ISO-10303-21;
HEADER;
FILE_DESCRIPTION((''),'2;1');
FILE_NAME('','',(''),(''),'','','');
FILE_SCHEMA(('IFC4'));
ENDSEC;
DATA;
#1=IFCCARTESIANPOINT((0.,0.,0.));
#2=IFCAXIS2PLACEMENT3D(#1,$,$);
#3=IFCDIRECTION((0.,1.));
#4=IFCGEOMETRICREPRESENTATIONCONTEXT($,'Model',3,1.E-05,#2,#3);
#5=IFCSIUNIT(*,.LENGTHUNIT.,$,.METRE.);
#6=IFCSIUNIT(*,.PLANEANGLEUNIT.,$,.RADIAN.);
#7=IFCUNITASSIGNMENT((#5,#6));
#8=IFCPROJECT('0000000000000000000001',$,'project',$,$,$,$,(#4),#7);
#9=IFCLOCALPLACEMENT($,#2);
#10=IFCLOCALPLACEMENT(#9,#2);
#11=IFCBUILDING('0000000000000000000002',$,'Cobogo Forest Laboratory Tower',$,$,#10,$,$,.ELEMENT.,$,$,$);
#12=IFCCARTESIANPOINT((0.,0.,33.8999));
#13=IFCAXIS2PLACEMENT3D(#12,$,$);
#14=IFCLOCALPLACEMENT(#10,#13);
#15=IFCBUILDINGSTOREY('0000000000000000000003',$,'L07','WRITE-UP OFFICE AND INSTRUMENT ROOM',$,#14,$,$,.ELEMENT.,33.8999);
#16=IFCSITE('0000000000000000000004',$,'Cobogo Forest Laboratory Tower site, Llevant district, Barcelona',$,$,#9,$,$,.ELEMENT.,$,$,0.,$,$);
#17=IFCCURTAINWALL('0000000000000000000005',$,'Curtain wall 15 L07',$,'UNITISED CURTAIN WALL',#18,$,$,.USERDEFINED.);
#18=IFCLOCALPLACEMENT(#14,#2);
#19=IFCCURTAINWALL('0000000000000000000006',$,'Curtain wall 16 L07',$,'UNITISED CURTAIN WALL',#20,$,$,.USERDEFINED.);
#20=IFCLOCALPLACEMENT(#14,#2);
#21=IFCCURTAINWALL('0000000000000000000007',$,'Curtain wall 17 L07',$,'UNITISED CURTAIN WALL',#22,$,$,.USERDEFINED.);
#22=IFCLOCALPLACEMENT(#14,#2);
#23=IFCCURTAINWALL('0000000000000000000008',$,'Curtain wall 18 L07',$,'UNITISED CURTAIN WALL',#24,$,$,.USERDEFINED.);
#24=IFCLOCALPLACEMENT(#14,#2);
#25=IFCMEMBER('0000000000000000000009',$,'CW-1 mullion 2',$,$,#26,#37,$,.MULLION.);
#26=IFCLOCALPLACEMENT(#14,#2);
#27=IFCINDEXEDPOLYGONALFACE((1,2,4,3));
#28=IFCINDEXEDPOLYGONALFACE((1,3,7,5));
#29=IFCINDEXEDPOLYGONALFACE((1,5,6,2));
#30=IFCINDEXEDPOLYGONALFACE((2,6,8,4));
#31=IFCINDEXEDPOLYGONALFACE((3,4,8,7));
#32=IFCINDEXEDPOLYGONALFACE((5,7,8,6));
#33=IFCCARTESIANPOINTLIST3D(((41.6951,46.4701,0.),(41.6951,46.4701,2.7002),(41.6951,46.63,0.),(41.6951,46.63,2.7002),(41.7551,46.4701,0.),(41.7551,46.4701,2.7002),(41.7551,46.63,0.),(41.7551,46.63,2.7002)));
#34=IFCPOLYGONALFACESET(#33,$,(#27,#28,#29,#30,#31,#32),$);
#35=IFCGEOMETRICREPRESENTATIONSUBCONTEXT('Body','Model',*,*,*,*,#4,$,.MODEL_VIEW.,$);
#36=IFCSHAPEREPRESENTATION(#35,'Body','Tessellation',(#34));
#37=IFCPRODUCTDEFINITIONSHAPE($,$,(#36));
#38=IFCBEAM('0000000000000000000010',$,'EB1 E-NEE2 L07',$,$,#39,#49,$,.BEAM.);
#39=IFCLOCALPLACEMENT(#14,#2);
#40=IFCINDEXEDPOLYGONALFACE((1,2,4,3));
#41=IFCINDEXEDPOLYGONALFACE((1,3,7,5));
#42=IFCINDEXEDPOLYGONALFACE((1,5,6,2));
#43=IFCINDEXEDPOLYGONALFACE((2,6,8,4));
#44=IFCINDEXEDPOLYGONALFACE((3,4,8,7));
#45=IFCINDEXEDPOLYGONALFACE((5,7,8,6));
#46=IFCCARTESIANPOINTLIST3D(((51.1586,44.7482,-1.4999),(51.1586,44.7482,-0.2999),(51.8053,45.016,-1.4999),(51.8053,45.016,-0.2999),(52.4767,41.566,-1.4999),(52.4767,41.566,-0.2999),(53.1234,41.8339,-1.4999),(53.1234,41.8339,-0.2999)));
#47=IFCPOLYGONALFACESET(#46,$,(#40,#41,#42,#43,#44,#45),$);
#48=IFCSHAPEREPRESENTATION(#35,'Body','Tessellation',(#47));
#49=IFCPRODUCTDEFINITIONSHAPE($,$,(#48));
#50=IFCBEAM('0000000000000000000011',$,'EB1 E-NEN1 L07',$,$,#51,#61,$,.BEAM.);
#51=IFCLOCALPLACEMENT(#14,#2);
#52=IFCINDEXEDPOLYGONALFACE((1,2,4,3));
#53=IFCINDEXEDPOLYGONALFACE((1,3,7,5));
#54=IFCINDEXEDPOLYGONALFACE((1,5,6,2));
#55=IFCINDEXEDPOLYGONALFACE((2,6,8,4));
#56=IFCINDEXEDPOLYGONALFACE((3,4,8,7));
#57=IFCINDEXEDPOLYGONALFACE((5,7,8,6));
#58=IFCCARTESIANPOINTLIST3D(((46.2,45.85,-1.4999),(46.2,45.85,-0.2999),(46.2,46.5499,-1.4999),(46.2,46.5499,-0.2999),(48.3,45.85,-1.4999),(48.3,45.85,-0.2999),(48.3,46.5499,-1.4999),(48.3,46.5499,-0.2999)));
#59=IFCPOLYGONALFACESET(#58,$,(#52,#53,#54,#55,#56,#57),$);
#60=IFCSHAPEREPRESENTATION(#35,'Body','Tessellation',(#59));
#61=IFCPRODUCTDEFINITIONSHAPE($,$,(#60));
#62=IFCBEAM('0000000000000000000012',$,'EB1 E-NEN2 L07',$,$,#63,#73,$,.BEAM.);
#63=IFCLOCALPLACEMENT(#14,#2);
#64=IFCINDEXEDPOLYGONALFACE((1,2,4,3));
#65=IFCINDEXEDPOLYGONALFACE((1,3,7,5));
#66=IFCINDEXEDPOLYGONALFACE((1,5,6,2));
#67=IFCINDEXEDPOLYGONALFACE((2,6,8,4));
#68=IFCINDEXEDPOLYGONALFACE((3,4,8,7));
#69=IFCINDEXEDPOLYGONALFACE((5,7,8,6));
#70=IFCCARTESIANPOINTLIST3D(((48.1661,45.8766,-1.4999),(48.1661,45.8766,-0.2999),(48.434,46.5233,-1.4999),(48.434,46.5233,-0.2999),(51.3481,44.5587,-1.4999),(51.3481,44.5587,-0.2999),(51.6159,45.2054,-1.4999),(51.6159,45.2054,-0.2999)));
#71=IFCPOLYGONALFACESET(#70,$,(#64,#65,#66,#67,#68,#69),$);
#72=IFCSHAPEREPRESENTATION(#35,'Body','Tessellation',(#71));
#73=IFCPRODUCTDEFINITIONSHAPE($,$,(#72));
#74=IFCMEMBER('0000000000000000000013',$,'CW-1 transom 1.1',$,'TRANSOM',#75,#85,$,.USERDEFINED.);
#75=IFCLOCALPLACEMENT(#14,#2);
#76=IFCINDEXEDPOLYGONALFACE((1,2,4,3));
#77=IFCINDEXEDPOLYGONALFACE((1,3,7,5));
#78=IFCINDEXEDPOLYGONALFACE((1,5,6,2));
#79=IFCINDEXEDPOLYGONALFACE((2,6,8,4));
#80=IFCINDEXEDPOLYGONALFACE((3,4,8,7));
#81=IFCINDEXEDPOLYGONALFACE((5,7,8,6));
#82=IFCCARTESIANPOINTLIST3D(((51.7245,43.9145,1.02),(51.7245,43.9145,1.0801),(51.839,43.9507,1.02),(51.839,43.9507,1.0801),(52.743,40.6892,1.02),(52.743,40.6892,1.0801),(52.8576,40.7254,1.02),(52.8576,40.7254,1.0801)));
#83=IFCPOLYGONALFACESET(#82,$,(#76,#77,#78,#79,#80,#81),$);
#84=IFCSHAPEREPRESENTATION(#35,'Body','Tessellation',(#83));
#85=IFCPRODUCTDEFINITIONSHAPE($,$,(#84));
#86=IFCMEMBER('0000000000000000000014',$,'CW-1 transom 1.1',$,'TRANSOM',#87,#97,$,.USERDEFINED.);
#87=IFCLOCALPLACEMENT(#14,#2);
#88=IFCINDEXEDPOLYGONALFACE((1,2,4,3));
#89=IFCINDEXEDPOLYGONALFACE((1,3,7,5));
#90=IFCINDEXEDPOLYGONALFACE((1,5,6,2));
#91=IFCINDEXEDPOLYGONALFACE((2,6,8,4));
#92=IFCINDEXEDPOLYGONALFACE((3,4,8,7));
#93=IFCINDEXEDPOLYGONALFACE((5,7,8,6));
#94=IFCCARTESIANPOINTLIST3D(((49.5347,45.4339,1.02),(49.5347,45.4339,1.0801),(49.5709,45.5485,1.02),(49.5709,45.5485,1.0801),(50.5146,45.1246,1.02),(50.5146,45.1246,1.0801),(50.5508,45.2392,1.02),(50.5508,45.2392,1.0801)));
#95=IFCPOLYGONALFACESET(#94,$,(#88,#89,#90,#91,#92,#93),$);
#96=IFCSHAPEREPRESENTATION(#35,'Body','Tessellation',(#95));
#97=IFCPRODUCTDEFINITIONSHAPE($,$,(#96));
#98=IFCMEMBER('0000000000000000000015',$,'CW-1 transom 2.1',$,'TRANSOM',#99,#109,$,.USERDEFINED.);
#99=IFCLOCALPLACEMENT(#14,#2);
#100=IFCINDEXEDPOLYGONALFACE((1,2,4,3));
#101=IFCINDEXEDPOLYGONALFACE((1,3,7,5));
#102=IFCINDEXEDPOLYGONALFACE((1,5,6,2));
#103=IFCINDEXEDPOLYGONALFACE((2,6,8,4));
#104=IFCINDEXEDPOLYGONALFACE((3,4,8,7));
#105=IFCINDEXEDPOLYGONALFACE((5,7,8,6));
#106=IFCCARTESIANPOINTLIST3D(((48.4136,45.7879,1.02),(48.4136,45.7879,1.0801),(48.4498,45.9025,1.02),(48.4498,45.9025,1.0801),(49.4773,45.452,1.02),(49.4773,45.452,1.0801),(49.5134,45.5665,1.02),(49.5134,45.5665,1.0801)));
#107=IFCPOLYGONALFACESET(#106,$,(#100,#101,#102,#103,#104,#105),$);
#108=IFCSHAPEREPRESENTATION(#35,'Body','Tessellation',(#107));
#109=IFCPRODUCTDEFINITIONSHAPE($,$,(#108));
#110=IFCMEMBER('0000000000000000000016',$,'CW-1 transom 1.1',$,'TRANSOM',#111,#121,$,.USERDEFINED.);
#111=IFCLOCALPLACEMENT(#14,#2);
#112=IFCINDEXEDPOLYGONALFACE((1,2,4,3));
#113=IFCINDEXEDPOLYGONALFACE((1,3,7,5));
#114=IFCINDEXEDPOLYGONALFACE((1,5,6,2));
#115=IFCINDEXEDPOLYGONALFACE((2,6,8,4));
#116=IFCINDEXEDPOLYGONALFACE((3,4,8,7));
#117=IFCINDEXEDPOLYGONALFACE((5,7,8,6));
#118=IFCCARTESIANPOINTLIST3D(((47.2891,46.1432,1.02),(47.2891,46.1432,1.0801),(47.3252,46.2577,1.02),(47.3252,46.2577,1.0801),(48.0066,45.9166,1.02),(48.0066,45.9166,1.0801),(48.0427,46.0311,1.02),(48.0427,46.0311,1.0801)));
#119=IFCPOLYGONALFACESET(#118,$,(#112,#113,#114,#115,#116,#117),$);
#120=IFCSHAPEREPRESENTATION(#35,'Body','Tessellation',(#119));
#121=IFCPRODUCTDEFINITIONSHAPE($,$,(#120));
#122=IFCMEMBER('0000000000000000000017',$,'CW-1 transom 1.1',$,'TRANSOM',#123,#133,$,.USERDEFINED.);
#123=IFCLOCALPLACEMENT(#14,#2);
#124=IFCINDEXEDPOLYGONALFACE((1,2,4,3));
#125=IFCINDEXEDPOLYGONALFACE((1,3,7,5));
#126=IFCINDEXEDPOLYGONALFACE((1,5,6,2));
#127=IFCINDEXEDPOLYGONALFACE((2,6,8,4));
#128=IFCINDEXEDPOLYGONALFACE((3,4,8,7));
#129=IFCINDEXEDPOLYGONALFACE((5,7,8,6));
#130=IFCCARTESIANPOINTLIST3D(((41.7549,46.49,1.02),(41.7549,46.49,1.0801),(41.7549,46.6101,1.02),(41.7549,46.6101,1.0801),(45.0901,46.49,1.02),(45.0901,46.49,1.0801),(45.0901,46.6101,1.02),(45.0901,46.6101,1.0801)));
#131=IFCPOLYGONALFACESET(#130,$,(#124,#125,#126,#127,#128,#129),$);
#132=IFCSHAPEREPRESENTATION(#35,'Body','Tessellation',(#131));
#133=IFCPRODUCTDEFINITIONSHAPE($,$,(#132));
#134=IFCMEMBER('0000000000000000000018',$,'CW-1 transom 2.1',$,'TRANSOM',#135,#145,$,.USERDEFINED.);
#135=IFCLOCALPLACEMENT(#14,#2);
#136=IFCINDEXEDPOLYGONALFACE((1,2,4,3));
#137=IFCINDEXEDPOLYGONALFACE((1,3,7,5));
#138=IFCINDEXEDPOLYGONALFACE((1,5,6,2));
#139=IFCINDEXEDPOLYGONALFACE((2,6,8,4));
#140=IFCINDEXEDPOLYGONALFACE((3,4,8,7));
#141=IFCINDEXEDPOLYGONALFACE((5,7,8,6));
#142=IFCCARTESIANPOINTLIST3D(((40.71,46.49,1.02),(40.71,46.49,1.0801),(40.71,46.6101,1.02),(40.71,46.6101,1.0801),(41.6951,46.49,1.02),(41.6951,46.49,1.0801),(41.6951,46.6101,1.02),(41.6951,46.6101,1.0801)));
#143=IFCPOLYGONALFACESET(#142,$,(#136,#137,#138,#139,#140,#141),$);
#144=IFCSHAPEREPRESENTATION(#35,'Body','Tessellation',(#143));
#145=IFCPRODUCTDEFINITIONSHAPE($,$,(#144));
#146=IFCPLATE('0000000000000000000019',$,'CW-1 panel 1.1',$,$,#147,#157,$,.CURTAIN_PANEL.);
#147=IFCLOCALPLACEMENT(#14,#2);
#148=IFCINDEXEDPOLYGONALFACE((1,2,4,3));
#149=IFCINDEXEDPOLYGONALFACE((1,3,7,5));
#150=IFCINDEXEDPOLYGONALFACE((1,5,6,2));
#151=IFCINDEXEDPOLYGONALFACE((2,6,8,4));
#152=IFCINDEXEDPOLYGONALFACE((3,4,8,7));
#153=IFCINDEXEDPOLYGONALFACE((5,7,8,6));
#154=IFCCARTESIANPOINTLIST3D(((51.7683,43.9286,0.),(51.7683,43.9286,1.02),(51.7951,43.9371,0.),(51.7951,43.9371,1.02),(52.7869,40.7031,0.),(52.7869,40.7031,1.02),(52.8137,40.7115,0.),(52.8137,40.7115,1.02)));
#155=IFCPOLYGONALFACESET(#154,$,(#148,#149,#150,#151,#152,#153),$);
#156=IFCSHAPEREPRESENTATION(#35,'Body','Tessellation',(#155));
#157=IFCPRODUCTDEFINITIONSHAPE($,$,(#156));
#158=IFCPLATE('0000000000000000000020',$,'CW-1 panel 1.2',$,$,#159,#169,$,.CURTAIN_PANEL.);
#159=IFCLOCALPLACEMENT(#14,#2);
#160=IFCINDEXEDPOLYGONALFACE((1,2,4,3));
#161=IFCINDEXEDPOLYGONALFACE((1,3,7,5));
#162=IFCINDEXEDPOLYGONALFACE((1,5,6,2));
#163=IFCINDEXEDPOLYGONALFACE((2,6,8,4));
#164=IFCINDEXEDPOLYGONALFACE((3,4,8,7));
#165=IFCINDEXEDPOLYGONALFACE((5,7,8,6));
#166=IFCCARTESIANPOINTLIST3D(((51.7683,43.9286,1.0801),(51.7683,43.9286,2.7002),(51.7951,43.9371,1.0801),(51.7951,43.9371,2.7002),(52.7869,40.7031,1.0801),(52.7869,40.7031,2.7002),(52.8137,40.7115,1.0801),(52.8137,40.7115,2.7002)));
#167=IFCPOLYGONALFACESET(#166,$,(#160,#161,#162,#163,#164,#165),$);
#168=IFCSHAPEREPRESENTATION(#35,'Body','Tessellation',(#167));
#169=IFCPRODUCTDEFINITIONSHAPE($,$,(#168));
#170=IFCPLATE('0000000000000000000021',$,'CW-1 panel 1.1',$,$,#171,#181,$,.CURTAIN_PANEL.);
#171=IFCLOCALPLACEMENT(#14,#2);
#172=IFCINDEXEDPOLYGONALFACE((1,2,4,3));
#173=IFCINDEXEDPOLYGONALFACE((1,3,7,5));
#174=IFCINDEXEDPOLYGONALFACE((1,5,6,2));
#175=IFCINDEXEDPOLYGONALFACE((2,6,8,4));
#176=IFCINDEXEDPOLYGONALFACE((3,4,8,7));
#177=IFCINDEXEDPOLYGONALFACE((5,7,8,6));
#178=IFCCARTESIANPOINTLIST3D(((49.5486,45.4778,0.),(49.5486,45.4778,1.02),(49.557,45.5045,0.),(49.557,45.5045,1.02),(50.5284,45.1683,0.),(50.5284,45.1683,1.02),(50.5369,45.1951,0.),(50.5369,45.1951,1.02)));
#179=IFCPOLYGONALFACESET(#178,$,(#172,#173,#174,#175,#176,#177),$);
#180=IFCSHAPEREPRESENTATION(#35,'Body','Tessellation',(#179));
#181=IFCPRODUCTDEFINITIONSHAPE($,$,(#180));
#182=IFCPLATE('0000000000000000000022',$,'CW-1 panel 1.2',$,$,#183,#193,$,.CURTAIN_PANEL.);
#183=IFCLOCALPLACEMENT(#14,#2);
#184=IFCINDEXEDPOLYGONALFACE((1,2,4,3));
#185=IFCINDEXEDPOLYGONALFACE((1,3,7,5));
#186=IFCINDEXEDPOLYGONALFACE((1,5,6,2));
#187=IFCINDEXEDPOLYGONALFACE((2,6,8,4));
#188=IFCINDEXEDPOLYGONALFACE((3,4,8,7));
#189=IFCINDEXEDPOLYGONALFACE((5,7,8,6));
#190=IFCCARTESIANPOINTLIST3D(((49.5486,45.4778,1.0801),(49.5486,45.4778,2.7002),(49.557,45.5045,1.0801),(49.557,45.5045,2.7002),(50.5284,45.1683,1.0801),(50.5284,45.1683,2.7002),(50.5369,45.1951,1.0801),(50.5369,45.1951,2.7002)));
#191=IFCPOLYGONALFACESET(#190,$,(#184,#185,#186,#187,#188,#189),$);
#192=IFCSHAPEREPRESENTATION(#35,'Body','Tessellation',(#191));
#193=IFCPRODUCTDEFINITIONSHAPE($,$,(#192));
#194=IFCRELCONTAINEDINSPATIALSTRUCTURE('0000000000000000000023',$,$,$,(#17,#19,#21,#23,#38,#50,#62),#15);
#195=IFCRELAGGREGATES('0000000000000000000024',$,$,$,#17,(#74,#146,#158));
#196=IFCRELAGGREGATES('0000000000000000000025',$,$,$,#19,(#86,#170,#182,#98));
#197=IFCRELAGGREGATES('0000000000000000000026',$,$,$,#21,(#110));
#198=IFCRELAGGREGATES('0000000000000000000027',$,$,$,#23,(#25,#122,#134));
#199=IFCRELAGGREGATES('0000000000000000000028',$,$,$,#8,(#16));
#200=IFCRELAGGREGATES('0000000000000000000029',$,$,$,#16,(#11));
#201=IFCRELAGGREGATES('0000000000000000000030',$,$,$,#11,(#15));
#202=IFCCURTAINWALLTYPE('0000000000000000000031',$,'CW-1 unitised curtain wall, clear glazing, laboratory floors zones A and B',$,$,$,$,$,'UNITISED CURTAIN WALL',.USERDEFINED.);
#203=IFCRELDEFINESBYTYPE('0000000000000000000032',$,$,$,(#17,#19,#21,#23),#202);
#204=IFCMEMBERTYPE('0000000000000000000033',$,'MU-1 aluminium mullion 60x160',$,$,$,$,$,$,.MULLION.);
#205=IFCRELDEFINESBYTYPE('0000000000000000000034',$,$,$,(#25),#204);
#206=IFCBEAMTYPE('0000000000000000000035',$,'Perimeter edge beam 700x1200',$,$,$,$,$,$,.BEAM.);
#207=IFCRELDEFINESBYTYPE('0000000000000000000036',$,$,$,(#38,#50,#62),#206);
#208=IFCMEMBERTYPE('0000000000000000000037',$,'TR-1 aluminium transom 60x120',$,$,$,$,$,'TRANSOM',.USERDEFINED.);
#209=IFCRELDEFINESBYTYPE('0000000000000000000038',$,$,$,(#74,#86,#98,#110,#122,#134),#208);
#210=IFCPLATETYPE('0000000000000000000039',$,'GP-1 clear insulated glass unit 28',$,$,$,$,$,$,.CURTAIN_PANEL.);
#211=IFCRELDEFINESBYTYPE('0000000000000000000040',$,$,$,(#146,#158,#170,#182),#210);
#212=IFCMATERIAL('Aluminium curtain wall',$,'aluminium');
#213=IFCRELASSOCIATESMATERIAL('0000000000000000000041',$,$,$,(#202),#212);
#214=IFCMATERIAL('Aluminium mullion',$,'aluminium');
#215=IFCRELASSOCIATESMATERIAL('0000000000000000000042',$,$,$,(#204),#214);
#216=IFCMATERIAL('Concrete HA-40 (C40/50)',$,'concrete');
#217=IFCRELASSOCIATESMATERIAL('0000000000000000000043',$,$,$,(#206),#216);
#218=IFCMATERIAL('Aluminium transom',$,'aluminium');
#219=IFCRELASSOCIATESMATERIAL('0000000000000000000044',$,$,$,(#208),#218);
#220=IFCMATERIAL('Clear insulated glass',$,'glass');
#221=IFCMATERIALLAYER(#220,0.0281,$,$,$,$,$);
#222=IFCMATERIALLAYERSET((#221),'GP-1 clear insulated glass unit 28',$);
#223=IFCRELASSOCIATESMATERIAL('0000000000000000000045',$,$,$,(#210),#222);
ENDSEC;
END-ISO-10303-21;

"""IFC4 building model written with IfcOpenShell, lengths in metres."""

from ifc_helpers import new_model, si_unit, direction, frame, origin, origin_2d, place, context, subcontext, project, spatial, rectangle, extrude, material, layer, layer_set, material_profile, profile_set, type_object, element, aggregate, save


model = new_model("IFC4")

# Units and contexts
model_context = context("Model", 3, precision=1e-05, world=origin(), true_north=direction((0.0, 1.0)))
body_context = subcontext(model_context, "Body", "Model", "MODEL_VIEW")
ifc_project = project(units=[si_unit("LENGTHUNIT", "METRE"), si_unit("PLANEANGLEUNIT", "RADIAN")], contexts=[model_context])

# Site, building, storey
site_placement = place(None, origin())
site = spatial("IfcSite", under=ifc_project, at=site_placement, Name="Cobogo Forest Laboratory Tower site, Llevant district, Barcelona", CompositionType="ELEMENT", RefElevation=0.0)
building_placement = place(site_placement, origin())
building = spatial("IfcBuilding", under=site, at=building_placement, Name="Cobogo Forest Laboratory Tower", CompositionType="ELEMENT")
storey_placement = place(building_placement, frame((0.0, 0.0, 33.8999)))
storey = spatial("IfcBuildingStorey", under=building, at=storey_placement, Name="L07", Description="WRITE-UP OFFICE AND INSTRUMENT ROOM", CompositionType="ELEMENT", Elevation=33.8999)

# Shared definitions
ifc_material_1 = material(Name="Concrete HA-40 (C40/50)", Category="concrete")

# Curtain walls, member
ifc_material_2 = material(Name="Aluminium curtain wall", Category="aluminium")
curtain_wall_type = type_object("IfcCurtainWallType", Name="CW-1 unitised curtain wall, clear glazing, laboratory floors zones A and B", ElementType="UNITISED CURTAIN WALL", PredefinedType="USERDEFINED", material=ifc_material_2)
curtain_wall_1_placement = place(storey_placement, origin())
curtain_wall_1 = element("IfcCurtainWall", 1, at=curtain_wall_1_placement, inside=storey, type_object=curtain_wall_type, Name="Curtain wall 15 L07", ObjectType="UNITISED CURTAIN WALL", PredefinedType="USERDEFINED")
ifc_material_3 = material(Name="Aluminium mullion", Category="aluminium")
ifc_material_profile_1 = material_profile(ifc_material_3, rectangle(XDim=0.0601, YDim=0.1599, at=origin_2d()), Name="AL 60x160")
ifc_profile_set_1 = profile_set([ifc_material_profile_1], Name="Aluminium mullion")
member_type_1 = type_object("IfcMemberType", Name="MU-1 aluminium mullion 60x160", PredefinedType="MULLION", material=ifc_profile_set_1)
curtain_wall_2_placement = place(storey_placement, origin())
curtain_wall_2 = element("IfcCurtainWall", 2, at=curtain_wall_2_placement, inside=storey, type_object=curtain_wall_type, Name="Curtain wall 16 L07", ObjectType="UNITISED CURTAIN WALL", PredefinedType="USERDEFINED")
curtain_wall_3_placement = place(storey_placement, origin())
curtain_wall_3 = element("IfcCurtainWall", 3, at=curtain_wall_3_placement, inside=storey, type_object=curtain_wall_type, Name="Curtain wall 17 L07", ObjectType="UNITISED CURTAIN WALL", PredefinedType="USERDEFINED")
curtain_wall_4_placement = place(storey_placement, origin())
curtain_wall_4 = element("IfcCurtainWall", 4, at=curtain_wall_4_placement, inside=storey, type_object=curtain_wall_type, Name="Curtain wall 18 L07", ObjectType="UNITISED CURTAIN WALL", PredefinedType="USERDEFINED")
member_1_placement = place(storey_placement, frame((41.7251, 46.55, 0.0), z_axis=(0.0, 0.0, 1.0), x_axis=(-1.0, 0.0, 0.0)))
member_1 = element("IfcMember", 5, at=member_1_placement, type_object=member_type_1, Name="CW-1 mullion 2", PredefinedType="MULLION", context=body_context, shape_type="SweptSolid", body=[
    extrude(rectangle(XDim=0.0601, YDim=0.1599, at=origin_2d()), origin(), (0.0, 0.0, 1.0), 2.7002),
])

# Beams
ifc_material_profile_2 = material_profile(ifc_material_1, rectangle(XDim=0.7, YDim=1.2, at=origin_2d()), Name="RC 700x1200")
ifc_profile_set_2 = profile_set([ifc_material_profile_2], Name="Concrete HA-40 (C40/50)")
beam_type_1 = type_object("IfcBeamType", Name="Perimeter edge beam 700x1200", PredefinedType="BEAM", material=ifc_profile_set_2)
beam_1_placement = place(storey_placement, frame((52.8, 41.7, -0.8999), z_axis=(-0.382692, 0.923876, 0.0), x_axis=(-0.923876, -0.382692, 0.0)))
element("IfcBeam", 6, at=beam_1_placement, inside=storey, type_object=beam_type_1, Name="EB1 E-NEE2 L07", PredefinedType="BEAM", context=body_context, shape_type="SweptSolid", body=[
    extrude(rectangle(XDim=0.7, YDim=1.2, at=origin_2d()), origin(), (0.0, 0.0, 1.0), 3.4443),
])
beam_2_placement = place(storey_placement, frame((46.2, 46.2, -0.8999), z_axis=(1.0, 0.0, 0.0), x_axis=(0.0, 1.0, 0.0)))
element("IfcBeam", 7, at=beam_2_placement, inside=storey, type_object=beam_type_1, Name="EB1 E-NEN1 L07", PredefinedType="BEAM", context=body_context, shape_type="SweptSolid", body=[
    extrude(rectangle(XDim=0.7, YDim=1.2, at=origin_2d()), origin(), (0.0, 0.0, 1.0), 2.1001),
])
beam_3_placement = place(storey_placement, frame((48.3, 46.2, -0.8999), z_axis=(0.923891, -0.382656, 0.0), x_axis=(0.382656, 0.923891, 0.0)))
element("IfcBeam", 8, at=beam_3_placement, inside=storey, type_object=beam_type_1, Name="EB1 E-NEN2 L07", PredefinedType="BEAM", context=body_context, shape_type="SweptSolid", body=[
    extrude(rectangle(XDim=0.7, YDim=1.2, at=origin_2d()), origin(), (0.0, 0.0, 1.0), 3.4441),
])

# Members
ifc_material_4 = material(Name="Aluminium transom", Category="aluminium")
ifc_material_profile_3 = material_profile(ifc_material_4, rectangle(XDim=0.1201, YDim=0.0601, at=origin_2d()), Name="AL 60x120")
ifc_profile_set_3 = profile_set([ifc_material_profile_3], Name="Aluminium transom")
member_type_2 = type_object("IfcMemberType", Name="TR-1 aluminium transom 60x120", ElementType="TRANSOM", PredefinedType="USERDEFINED", material=ifc_profile_set_3)
member_2_placement = place(storey_placement, frame((52.8003, 40.7073, 1.05), z_axis=(-0.301138, 0.95358, 0.0), x_axis=(-0.95358, -0.301138, 0.0)))
member_2 = element("IfcMember", 9, at=member_2_placement, type_object=member_type_2, Name="CW-1 transom 1.1", ObjectType="TRANSOM", PredefinedType="USERDEFINED", context=body_context, shape_type="SweptSolid", body=[
    extrude(rectangle(XDim=0.1201, YDim=0.0601, at=origin_2d()), origin(), (0.0, 0.0, 1.0), 3.3823),
])
member_3_placement = place(storey_placement, frame((50.5327, 45.1819, 1.05), z_axis=(-0.953622, 0.301006, 0.0), x_axis=(-0.301006, -0.953622, 0.0)))
member_3 = element("IfcMember", 10, at=member_3_placement, type_object=member_type_2, Name="CW-1 transom 1.1", ObjectType="TRANSOM", PredefinedType="USERDEFINED", context=body_context, shape_type="SweptSolid", body=[
    extrude(rectangle(XDim=0.1201, YDim=0.0601, at=origin_2d()), origin(), (0.0, 0.0, 1.0), 1.0276),
])
member_4_placement = place(storey_placement, frame((49.4954, 45.5093, 1.05), z_axis=(-0.953576, 0.301152, 0.0), x_axis=(-0.301152, -0.953576, 0.0)))
member_4 = element("IfcMember", 11, at=member_4_placement, type_object=member_type_2, Name="CW-1 transom 2.1", ObjectType="TRANSOM", PredefinedType="USERDEFINED", context=body_context, shape_type="SweptSolid", body=[
    extrude(rectangle(XDim=0.1201, YDim=0.0601, at=origin_2d()), origin(), (0.0, 0.0, 1.0), 1.1155),
])
member_5_placement = place(storey_placement, frame((48.0247, 45.9739, 1.05), z_axis=(-0.953592, 0.3011, 0.0), x_axis=(-0.3011, -0.953592, 0.0)))
member_5 = element("IfcMember", 12, at=member_5_placement, type_object=member_type_2, Name="CW-1 transom 1.1", ObjectType="TRANSOM", PredefinedType="USERDEFINED", context=body_context, shape_type="SweptSolid", body=[
    extrude(rectangle(XDim=0.1201, YDim=0.0601, at=origin_2d()), origin(), (0.0, 0.0, 1.0), 0.7524),
])
member_6_placement = place(storey_placement, frame((45.0901, 46.55, 1.05), z_axis=(-1.0, 0.0, 0.0), x_axis=(0.0, -1.0, 0.0)))
member_6 = element("IfcMember", 13, at=member_6_placement, type_object=member_type_2, Name="CW-1 transom 1.1", ObjectType="TRANSOM", PredefinedType="USERDEFINED", context=body_context, shape_type="SweptSolid", body=[
    extrude(rectangle(XDim=0.1201, YDim=0.0601, at=origin_2d()), origin(), (0.0, 0.0, 1.0), 3.3352),
])
member_7_placement = place(storey_placement, frame((41.6951, 46.55, 1.05), z_axis=(-1.0, 0.0, 0.0), x_axis=(0.0, -1.0, 0.0)))
member_7 = element("IfcMember", 14, at=member_7_placement, type_object=member_type_2, Name="CW-1 transom 2.1", ObjectType="TRANSOM", PredefinedType="USERDEFINED", context=body_context, shape_type="SweptSolid", body=[
    extrude(rectangle(XDim=0.1201, YDim=0.0601, at=origin_2d()), origin(), (0.0, 0.0, 1.0), 0.9851),
])

# Plates
ifc_material_5 = material(Name="Clear insulated glass", Category="glass")
ifc_layer_1 = layer(ifc_material_5, 0.0281)
ifc_layer_set_1 = layer_set([ifc_layer_1], Name="GP-1 clear insulated glass unit 28")
plate_type = type_object("IfcPlateType", Name="GP-1 clear insulated glass unit 28", PredefinedType="CURTAIN_PANEL", material=ifc_layer_set_1)
plate_1_placement = place(storey_placement, frame((52.291, 42.3201, 0.0), z_axis=(0.0, 0.0, 1.0), x_axis=(-0.301135, 0.953581, 0.0)))
plate_1 = element("IfcPlate", 15, at=plate_1_placement, type_object=plate_type, Name="CW-1 panel 1.1", PredefinedType="CURTAIN_PANEL", context=body_context, shape_type="SweptSolid", body=[
    extrude(rectangle(XDim=3.3826, YDim=0.0281, at=origin_2d()), origin(), (0.0, 0.0, 1.0), 1.02),
])
plate_2_placement = place(storey_placement, frame((52.291, 42.3201, 1.0801), z_axis=(0.0, 0.0, 1.0), x_axis=(-0.301135, 0.953581, 0.0)))
plate_2 = element("IfcPlate", 16, at=plate_2_placement, type_object=plate_type, Name="CW-1 panel 1.2", PredefinedType="CURTAIN_PANEL", context=body_context, shape_type="SweptSolid", body=[
    extrude(rectangle(XDim=3.3826, YDim=0.0281, at=origin_2d()), origin(), (0.0, 0.0, 1.0), 1.6201),
])
aggregate(curtain_wall_1, [member_2, plate_1, plate_2])
plate_3_placement = place(storey_placement, frame((50.0427, 45.3364, 0.0), z_axis=(0.0, 0.0, 1.0), x_axis=(-0.953581, 0.301135, 0.0)))
plate_3 = element("IfcPlate", 17, at=plate_3_placement, type_object=plate_type, Name="CW-1 panel 1.1", PredefinedType="CURTAIN_PANEL", context=body_context, shape_type="SweptSolid", body=[
    extrude(rectangle(XDim=1.0276, YDim=0.0281, at=origin_2d()), origin(), (0.0, 0.0, 1.0), 1.02),
])
plate_4_placement = place(storey_placement, frame((50.0427, 45.3364, 1.0801), z_axis=(0.0, 0.0, 1.0), x_axis=(-0.953581, 0.301135, 0.0)))
plate_4 = element("IfcPlate", 18, at=plate_4_placement, type_object=plate_type, Name="CW-1 panel 1.2", PredefinedType="CURTAIN_PANEL", context=body_context, shape_type="SweptSolid", body=[
    extrude(rectangle(XDim=1.0276, YDim=0.0281, at=origin_2d()), origin(), (0.0, 0.0, 1.0), 1.6201),
])
aggregate(curtain_wall_2, [member_3, plate_3, plate_4, member_4])
aggregate(curtain_wall_3, [member_5])
aggregate(curtain_wall_4, [member_1, member_6, member_7])

save(model, "model.ifc")
